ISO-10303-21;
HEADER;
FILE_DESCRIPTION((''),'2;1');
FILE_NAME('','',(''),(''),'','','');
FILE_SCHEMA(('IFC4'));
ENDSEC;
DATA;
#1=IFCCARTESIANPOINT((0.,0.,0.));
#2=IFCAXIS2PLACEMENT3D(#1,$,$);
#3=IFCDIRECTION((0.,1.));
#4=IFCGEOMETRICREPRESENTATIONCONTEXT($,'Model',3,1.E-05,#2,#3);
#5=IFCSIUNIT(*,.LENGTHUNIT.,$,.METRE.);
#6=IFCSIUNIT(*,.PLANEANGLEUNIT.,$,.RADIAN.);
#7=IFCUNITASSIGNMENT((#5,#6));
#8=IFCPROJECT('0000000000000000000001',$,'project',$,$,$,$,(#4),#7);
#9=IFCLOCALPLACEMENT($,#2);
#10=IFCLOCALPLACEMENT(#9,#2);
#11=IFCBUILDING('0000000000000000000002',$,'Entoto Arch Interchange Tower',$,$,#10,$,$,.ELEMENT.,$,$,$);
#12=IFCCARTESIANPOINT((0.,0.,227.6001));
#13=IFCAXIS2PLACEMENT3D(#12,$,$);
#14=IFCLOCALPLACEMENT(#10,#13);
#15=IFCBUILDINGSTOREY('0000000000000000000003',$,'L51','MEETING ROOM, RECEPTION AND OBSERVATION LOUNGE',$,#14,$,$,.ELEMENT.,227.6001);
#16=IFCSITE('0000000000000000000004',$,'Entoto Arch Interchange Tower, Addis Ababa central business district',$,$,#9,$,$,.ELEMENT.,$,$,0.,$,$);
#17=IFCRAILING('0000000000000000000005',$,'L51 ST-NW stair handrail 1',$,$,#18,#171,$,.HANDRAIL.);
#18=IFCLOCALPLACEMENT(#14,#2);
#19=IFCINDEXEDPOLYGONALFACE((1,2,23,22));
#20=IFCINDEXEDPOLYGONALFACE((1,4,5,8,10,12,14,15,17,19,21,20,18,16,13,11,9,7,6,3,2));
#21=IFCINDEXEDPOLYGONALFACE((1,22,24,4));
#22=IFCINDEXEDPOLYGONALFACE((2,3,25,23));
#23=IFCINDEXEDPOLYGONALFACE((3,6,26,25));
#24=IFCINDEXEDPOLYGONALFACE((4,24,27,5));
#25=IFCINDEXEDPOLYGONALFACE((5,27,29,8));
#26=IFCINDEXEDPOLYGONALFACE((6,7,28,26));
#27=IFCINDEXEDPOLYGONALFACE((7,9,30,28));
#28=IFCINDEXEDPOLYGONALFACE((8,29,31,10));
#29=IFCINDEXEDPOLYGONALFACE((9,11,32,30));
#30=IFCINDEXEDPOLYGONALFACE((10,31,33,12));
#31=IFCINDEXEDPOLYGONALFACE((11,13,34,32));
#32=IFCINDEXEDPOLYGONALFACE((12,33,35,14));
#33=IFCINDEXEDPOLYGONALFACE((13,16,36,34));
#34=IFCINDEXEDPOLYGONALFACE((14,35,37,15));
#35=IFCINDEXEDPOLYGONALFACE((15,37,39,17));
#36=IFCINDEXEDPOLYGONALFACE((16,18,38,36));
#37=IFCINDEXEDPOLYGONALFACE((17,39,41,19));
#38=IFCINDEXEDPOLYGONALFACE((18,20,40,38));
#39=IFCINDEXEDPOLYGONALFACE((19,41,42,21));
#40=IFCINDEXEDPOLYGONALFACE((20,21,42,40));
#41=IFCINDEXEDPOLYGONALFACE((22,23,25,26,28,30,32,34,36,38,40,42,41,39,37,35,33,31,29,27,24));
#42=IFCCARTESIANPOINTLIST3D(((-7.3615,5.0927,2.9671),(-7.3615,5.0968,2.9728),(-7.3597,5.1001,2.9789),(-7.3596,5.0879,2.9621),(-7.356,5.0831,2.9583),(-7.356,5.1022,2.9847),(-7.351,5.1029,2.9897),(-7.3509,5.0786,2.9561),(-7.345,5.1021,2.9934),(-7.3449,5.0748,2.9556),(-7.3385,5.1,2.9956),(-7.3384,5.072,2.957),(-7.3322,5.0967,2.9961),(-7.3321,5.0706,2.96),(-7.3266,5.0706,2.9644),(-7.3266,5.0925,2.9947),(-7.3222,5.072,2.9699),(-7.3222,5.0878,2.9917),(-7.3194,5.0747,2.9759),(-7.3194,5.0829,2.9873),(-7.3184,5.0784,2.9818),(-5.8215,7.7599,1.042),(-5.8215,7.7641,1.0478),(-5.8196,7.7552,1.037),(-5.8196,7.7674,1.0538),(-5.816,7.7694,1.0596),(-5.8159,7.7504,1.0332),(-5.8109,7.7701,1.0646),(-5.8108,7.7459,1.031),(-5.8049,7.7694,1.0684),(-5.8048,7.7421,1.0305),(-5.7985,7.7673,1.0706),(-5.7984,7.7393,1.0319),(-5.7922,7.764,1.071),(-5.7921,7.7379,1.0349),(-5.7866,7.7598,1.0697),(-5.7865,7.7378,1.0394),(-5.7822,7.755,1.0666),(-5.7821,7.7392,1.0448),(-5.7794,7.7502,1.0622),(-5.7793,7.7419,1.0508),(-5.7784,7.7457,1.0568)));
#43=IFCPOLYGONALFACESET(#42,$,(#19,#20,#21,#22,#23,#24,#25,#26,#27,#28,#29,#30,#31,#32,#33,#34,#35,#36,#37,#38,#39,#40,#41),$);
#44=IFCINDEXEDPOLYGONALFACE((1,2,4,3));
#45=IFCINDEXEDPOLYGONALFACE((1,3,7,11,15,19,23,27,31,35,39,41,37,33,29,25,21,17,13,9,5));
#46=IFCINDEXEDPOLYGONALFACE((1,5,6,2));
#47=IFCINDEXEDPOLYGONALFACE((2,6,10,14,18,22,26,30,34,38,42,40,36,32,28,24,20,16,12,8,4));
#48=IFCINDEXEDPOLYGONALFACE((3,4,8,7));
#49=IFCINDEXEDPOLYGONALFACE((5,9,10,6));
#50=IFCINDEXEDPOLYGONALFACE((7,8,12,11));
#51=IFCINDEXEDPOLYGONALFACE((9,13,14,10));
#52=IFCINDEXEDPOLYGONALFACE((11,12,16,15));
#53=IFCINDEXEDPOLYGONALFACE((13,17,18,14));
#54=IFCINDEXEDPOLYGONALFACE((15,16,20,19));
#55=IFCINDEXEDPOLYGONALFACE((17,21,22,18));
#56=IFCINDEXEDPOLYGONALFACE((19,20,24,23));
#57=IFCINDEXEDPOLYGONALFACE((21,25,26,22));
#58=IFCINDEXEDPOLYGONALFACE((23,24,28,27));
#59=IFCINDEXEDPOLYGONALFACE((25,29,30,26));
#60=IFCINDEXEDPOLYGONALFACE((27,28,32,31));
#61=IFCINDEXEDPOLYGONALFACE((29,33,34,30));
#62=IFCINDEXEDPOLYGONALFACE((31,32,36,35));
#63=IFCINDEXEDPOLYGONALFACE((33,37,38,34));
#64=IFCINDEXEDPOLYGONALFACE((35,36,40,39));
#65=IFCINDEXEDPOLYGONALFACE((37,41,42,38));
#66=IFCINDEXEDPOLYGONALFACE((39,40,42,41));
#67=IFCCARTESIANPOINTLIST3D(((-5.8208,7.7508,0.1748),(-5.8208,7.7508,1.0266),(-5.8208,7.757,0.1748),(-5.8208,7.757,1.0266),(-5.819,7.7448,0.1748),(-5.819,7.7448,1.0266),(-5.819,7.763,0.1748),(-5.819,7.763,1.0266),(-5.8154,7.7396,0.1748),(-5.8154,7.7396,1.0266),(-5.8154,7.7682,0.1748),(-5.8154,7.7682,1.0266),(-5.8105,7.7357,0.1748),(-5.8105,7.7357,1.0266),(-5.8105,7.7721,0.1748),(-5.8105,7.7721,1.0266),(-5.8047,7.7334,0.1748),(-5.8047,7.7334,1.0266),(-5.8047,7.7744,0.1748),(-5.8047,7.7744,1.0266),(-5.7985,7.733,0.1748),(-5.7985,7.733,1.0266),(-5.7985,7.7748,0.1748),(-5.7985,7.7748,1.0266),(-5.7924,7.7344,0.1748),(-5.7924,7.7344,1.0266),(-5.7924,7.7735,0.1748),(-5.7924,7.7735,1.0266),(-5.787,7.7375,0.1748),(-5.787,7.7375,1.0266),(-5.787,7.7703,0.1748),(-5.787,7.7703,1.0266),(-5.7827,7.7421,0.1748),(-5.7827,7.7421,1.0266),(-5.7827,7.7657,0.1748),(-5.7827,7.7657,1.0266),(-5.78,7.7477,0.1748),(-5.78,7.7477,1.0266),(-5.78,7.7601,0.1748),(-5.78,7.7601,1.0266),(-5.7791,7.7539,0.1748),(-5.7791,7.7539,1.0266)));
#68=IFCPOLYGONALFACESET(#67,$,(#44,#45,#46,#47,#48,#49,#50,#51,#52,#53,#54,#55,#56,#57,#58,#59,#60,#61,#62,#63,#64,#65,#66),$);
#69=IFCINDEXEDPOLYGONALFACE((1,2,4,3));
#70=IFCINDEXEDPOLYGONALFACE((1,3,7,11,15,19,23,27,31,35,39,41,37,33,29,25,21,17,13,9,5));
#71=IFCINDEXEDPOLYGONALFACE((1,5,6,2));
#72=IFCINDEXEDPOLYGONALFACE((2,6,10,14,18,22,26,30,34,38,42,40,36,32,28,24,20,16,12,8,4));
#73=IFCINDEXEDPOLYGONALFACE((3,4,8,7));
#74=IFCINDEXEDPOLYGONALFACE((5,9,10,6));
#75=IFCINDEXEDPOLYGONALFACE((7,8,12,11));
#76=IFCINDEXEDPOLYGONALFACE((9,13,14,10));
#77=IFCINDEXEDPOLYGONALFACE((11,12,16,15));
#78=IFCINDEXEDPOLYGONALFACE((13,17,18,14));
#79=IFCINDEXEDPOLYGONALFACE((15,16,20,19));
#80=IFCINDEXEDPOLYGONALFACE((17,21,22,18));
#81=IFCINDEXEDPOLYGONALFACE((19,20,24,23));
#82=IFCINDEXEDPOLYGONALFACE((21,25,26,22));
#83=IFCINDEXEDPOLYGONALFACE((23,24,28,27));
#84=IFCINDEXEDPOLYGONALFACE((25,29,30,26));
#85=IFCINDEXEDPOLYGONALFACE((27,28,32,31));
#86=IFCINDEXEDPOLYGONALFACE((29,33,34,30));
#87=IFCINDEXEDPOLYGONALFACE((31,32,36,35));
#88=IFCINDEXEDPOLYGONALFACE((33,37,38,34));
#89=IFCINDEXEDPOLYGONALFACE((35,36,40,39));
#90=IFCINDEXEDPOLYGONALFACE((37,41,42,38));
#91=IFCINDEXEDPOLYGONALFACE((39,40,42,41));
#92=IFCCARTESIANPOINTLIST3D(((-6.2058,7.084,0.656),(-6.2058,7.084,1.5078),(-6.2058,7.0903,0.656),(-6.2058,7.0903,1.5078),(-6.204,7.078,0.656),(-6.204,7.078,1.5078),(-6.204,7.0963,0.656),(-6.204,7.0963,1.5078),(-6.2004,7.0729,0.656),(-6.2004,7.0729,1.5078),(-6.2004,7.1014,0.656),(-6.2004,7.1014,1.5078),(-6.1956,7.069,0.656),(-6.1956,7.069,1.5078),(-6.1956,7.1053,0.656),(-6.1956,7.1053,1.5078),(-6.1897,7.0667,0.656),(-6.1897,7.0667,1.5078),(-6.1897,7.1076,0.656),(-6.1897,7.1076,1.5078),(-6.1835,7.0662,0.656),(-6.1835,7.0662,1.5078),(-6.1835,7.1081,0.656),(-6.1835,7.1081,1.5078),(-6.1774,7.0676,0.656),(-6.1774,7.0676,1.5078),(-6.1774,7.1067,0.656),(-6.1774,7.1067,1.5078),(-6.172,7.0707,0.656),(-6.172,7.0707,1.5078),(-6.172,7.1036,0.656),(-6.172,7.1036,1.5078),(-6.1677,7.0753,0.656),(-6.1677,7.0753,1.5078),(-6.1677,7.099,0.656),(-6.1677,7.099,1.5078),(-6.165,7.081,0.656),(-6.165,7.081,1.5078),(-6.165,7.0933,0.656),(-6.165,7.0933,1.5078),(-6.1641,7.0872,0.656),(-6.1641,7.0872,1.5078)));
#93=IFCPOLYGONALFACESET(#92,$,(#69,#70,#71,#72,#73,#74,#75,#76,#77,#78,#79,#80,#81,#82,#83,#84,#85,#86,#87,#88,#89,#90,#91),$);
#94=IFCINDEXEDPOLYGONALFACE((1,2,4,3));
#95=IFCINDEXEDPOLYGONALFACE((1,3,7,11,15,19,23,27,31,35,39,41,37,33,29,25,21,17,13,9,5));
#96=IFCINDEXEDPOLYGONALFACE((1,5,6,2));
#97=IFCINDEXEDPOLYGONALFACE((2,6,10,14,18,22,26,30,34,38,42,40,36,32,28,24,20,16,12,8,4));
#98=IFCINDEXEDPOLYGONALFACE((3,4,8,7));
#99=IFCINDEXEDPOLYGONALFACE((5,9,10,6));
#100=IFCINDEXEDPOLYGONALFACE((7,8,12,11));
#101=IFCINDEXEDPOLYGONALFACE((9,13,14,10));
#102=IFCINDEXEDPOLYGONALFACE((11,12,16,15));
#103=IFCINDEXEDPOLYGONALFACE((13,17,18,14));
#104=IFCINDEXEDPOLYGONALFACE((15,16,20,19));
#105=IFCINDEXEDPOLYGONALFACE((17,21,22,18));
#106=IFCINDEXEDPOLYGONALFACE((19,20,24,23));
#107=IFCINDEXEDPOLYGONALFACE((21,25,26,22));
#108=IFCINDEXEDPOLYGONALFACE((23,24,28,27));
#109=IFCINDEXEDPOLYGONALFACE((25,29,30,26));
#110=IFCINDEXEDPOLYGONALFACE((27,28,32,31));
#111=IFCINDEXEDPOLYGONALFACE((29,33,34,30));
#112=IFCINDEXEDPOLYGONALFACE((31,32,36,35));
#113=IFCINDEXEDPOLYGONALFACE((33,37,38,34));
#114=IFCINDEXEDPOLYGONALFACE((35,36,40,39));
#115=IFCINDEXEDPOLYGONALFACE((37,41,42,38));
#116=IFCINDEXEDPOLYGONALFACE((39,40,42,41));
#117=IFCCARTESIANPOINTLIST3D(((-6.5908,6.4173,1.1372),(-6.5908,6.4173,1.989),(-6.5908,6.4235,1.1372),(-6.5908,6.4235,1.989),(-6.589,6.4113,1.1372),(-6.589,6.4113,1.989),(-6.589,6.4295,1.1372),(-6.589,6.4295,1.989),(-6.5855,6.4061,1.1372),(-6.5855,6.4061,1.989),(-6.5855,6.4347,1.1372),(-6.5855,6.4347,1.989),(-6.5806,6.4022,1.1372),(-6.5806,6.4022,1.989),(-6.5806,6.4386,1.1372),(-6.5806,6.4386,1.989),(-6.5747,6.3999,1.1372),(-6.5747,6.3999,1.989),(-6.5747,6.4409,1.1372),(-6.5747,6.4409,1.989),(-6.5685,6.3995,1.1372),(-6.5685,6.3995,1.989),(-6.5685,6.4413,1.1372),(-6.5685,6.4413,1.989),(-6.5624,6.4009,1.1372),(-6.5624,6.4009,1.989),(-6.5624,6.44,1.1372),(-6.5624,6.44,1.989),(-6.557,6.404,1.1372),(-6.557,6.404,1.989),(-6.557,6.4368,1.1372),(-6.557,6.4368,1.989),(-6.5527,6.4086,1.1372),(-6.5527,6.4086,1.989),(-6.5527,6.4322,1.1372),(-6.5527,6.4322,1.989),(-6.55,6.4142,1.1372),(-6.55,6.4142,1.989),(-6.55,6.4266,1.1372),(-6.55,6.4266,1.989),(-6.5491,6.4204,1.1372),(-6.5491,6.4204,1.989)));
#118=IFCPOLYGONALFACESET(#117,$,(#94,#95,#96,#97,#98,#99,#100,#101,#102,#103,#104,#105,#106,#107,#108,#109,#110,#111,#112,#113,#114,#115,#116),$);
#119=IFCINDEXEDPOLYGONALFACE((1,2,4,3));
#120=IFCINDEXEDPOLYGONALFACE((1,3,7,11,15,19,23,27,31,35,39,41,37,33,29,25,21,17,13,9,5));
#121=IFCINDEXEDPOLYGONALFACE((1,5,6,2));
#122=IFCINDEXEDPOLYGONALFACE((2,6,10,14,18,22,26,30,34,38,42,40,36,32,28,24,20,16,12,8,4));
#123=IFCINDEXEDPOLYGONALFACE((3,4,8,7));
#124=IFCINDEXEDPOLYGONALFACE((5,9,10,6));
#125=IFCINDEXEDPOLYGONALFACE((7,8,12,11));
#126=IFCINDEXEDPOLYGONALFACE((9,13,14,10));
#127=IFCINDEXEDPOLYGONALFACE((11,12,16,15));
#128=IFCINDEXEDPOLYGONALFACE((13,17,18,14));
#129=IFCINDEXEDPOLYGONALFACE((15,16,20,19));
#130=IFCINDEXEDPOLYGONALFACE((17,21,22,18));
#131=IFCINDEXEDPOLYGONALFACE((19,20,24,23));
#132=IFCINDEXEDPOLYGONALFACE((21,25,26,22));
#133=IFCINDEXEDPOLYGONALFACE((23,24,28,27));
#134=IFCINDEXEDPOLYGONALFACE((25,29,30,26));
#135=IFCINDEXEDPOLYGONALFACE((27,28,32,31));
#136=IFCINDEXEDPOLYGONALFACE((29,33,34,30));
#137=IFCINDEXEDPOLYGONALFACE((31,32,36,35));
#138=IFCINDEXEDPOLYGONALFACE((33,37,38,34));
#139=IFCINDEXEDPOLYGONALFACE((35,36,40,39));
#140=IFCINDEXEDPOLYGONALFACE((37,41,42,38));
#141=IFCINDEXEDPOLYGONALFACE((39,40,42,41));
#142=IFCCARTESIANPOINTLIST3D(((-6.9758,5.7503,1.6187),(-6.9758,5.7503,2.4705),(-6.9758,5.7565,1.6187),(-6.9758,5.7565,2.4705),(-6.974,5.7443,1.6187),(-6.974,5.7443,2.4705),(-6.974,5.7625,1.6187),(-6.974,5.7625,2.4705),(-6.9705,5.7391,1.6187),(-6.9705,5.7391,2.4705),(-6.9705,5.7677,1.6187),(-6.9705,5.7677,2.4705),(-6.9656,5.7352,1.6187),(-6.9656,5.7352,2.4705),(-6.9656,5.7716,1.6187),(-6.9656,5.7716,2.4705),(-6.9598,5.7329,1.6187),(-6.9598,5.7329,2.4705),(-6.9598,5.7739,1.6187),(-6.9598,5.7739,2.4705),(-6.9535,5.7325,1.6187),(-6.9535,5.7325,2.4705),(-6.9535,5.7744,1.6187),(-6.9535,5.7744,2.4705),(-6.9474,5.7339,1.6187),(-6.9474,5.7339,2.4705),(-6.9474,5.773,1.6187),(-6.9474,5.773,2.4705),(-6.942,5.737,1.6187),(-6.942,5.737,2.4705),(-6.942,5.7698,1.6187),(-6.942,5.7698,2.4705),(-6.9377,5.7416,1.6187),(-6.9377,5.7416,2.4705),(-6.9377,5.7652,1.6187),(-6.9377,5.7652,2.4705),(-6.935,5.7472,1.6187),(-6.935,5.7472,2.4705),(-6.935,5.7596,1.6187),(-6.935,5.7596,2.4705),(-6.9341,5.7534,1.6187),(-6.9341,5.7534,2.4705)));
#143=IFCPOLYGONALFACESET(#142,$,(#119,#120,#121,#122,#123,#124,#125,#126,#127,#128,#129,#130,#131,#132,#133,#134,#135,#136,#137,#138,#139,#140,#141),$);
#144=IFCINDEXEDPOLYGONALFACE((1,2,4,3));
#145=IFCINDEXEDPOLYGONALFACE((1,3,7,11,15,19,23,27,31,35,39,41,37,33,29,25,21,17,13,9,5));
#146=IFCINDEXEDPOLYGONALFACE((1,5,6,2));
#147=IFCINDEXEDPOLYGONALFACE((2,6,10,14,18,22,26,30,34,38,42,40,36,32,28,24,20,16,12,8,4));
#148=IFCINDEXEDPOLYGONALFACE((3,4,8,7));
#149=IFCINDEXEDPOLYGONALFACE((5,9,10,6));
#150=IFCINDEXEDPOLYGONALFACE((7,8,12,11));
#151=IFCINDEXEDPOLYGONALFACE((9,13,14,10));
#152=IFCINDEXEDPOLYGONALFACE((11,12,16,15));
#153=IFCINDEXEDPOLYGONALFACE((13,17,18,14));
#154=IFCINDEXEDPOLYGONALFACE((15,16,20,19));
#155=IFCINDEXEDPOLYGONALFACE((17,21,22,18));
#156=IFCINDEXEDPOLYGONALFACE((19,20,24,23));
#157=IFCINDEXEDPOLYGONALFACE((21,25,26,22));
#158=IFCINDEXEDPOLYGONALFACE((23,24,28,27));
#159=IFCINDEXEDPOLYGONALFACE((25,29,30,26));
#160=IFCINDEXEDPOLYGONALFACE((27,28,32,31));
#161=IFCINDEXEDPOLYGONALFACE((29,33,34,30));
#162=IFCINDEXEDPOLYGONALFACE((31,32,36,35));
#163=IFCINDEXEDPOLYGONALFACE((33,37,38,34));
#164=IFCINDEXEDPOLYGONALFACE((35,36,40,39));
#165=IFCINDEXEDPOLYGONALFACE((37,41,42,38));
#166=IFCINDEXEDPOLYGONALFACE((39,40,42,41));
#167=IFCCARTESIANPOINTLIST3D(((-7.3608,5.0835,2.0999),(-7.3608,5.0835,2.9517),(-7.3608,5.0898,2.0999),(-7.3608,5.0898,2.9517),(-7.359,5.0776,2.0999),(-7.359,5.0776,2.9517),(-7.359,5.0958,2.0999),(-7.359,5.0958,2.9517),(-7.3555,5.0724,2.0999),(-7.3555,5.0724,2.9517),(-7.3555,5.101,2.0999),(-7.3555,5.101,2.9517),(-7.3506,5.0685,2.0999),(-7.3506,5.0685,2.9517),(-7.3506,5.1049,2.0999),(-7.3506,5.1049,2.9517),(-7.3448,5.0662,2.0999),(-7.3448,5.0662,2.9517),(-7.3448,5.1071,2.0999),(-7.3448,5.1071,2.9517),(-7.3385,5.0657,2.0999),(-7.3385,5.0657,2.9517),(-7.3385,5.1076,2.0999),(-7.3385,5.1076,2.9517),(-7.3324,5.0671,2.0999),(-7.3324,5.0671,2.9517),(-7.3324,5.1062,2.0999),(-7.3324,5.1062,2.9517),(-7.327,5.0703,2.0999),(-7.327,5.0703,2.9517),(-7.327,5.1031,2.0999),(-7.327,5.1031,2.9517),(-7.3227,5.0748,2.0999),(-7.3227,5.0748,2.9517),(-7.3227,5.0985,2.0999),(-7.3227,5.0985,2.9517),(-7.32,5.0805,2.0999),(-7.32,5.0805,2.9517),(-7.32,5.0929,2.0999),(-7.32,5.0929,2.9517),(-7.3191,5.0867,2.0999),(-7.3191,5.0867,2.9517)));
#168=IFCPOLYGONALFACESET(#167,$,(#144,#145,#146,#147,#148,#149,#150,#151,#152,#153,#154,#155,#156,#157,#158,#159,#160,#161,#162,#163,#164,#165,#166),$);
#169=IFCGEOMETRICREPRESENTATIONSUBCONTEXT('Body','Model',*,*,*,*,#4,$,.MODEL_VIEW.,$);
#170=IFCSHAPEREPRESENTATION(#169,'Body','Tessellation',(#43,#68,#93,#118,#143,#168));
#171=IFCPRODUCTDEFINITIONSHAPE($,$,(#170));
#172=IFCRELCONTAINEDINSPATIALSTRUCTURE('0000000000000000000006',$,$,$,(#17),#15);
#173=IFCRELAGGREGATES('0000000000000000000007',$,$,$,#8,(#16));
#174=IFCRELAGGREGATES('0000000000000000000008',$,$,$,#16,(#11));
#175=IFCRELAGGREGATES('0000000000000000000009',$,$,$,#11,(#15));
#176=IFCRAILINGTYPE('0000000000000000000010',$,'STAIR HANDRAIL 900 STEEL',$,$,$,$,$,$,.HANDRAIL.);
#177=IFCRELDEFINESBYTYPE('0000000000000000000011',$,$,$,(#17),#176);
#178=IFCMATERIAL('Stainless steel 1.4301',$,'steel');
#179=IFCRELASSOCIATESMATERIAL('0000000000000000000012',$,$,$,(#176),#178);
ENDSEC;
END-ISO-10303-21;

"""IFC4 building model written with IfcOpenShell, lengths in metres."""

from ifc_helpers import new_model, si_unit, direction, frame, origin, origin_2d, place, context, subcontext, project, spatial, circle, extrude, material, type_object, element, save


model = new_model("IFC4")

# Units and contexts
model_context = context("Model", 3, precision=1e-05, world=origin(), true_north=direction((0.0, 1.0)))
body_context = subcontext(model_context, "Body", "Model", "MODEL_VIEW")
ifc_project = project(units=[si_unit("LENGTHUNIT", "METRE"), si_unit("PLANEANGLEUNIT", "RADIAN")], contexts=[model_context])

# Site, building, storey
site_placement = place(None, origin())
site = spatial("IfcSite", under=ifc_project, at=site_placement, Name="Entoto Arch Interchange Tower, Addis Ababa central business district", CompositionType="ELEMENT", RefElevation=0.0)
building_placement = place(site_placement, origin())
building = spatial("IfcBuilding", under=site, at=building_placement, Name="Entoto Arch Interchange Tower", CompositionType="ELEMENT")
storey_placement = place(building_placement, frame((0.0, 0.0, 227.6001)))
storey = spatial("IfcBuildingStorey", under=building, at=storey_placement, Name="L51", Description="MEETING ROOM, RECEPTION AND OBSERVATION LOUNGE", CompositionType="ELEMENT", Elevation=227.6001)

# Railing
ifc_material_1 = material(Name="Stainless steel 1.4301", Category="steel")
railing_type = type_object("IfcRailingType", Name="STAIR HANDRAIL 900 STEEL", PredefinedType="HANDRAIL", material=ifc_material_1)
railing_placement = place(storey_placement, frame((-5.8, 7.7539, 0.1748)))
element("IfcRailing", 1, at=railing_placement, inside=storey, type_object=railing_type, Name="L51 ST-NW stair handrail 1", PredefinedType="HANDRAIL", context=body_context, shape_type="SweptSolid", body=[
    extrude(circle(Radius=0.0239, at=origin_2d()), frame((0.0, 0.0, 0.876), z_axis=(-0.424015, -0.734364, 0.530019), x_axis=(0.86601, -0.500027, 0.0)), (0.0, 0.0, 1.0), 3.6321),
    extrude(circle(Radius=0.021, at=origin_2d()), origin(), (0.0, 0.0, 1.0), 0.8518),
    extrude(circle(Radius=0.021, at=origin_2d()), frame((-0.385, -0.6667, 0.4812)), (0.0, 0.0, 1.0), 0.8518),
    extrude(circle(Radius=0.021, at=origin_2d()), frame((-0.77, -1.3335, 0.9624)), (0.0, 0.0, 1.0), 0.8518),
    extrude(circle(Radius=0.021, at=origin_2d()), frame((-1.155, -2.0005, 1.4438)), (0.0, 0.0, 1.0), 0.8518),
    extrude(circle(Radius=0.021, at=origin_2d()), frame((-1.54, -2.6672, 1.925)), (0.0, 0.0, 1.0), 0.8518),
])

save(model, "model.ifc")
